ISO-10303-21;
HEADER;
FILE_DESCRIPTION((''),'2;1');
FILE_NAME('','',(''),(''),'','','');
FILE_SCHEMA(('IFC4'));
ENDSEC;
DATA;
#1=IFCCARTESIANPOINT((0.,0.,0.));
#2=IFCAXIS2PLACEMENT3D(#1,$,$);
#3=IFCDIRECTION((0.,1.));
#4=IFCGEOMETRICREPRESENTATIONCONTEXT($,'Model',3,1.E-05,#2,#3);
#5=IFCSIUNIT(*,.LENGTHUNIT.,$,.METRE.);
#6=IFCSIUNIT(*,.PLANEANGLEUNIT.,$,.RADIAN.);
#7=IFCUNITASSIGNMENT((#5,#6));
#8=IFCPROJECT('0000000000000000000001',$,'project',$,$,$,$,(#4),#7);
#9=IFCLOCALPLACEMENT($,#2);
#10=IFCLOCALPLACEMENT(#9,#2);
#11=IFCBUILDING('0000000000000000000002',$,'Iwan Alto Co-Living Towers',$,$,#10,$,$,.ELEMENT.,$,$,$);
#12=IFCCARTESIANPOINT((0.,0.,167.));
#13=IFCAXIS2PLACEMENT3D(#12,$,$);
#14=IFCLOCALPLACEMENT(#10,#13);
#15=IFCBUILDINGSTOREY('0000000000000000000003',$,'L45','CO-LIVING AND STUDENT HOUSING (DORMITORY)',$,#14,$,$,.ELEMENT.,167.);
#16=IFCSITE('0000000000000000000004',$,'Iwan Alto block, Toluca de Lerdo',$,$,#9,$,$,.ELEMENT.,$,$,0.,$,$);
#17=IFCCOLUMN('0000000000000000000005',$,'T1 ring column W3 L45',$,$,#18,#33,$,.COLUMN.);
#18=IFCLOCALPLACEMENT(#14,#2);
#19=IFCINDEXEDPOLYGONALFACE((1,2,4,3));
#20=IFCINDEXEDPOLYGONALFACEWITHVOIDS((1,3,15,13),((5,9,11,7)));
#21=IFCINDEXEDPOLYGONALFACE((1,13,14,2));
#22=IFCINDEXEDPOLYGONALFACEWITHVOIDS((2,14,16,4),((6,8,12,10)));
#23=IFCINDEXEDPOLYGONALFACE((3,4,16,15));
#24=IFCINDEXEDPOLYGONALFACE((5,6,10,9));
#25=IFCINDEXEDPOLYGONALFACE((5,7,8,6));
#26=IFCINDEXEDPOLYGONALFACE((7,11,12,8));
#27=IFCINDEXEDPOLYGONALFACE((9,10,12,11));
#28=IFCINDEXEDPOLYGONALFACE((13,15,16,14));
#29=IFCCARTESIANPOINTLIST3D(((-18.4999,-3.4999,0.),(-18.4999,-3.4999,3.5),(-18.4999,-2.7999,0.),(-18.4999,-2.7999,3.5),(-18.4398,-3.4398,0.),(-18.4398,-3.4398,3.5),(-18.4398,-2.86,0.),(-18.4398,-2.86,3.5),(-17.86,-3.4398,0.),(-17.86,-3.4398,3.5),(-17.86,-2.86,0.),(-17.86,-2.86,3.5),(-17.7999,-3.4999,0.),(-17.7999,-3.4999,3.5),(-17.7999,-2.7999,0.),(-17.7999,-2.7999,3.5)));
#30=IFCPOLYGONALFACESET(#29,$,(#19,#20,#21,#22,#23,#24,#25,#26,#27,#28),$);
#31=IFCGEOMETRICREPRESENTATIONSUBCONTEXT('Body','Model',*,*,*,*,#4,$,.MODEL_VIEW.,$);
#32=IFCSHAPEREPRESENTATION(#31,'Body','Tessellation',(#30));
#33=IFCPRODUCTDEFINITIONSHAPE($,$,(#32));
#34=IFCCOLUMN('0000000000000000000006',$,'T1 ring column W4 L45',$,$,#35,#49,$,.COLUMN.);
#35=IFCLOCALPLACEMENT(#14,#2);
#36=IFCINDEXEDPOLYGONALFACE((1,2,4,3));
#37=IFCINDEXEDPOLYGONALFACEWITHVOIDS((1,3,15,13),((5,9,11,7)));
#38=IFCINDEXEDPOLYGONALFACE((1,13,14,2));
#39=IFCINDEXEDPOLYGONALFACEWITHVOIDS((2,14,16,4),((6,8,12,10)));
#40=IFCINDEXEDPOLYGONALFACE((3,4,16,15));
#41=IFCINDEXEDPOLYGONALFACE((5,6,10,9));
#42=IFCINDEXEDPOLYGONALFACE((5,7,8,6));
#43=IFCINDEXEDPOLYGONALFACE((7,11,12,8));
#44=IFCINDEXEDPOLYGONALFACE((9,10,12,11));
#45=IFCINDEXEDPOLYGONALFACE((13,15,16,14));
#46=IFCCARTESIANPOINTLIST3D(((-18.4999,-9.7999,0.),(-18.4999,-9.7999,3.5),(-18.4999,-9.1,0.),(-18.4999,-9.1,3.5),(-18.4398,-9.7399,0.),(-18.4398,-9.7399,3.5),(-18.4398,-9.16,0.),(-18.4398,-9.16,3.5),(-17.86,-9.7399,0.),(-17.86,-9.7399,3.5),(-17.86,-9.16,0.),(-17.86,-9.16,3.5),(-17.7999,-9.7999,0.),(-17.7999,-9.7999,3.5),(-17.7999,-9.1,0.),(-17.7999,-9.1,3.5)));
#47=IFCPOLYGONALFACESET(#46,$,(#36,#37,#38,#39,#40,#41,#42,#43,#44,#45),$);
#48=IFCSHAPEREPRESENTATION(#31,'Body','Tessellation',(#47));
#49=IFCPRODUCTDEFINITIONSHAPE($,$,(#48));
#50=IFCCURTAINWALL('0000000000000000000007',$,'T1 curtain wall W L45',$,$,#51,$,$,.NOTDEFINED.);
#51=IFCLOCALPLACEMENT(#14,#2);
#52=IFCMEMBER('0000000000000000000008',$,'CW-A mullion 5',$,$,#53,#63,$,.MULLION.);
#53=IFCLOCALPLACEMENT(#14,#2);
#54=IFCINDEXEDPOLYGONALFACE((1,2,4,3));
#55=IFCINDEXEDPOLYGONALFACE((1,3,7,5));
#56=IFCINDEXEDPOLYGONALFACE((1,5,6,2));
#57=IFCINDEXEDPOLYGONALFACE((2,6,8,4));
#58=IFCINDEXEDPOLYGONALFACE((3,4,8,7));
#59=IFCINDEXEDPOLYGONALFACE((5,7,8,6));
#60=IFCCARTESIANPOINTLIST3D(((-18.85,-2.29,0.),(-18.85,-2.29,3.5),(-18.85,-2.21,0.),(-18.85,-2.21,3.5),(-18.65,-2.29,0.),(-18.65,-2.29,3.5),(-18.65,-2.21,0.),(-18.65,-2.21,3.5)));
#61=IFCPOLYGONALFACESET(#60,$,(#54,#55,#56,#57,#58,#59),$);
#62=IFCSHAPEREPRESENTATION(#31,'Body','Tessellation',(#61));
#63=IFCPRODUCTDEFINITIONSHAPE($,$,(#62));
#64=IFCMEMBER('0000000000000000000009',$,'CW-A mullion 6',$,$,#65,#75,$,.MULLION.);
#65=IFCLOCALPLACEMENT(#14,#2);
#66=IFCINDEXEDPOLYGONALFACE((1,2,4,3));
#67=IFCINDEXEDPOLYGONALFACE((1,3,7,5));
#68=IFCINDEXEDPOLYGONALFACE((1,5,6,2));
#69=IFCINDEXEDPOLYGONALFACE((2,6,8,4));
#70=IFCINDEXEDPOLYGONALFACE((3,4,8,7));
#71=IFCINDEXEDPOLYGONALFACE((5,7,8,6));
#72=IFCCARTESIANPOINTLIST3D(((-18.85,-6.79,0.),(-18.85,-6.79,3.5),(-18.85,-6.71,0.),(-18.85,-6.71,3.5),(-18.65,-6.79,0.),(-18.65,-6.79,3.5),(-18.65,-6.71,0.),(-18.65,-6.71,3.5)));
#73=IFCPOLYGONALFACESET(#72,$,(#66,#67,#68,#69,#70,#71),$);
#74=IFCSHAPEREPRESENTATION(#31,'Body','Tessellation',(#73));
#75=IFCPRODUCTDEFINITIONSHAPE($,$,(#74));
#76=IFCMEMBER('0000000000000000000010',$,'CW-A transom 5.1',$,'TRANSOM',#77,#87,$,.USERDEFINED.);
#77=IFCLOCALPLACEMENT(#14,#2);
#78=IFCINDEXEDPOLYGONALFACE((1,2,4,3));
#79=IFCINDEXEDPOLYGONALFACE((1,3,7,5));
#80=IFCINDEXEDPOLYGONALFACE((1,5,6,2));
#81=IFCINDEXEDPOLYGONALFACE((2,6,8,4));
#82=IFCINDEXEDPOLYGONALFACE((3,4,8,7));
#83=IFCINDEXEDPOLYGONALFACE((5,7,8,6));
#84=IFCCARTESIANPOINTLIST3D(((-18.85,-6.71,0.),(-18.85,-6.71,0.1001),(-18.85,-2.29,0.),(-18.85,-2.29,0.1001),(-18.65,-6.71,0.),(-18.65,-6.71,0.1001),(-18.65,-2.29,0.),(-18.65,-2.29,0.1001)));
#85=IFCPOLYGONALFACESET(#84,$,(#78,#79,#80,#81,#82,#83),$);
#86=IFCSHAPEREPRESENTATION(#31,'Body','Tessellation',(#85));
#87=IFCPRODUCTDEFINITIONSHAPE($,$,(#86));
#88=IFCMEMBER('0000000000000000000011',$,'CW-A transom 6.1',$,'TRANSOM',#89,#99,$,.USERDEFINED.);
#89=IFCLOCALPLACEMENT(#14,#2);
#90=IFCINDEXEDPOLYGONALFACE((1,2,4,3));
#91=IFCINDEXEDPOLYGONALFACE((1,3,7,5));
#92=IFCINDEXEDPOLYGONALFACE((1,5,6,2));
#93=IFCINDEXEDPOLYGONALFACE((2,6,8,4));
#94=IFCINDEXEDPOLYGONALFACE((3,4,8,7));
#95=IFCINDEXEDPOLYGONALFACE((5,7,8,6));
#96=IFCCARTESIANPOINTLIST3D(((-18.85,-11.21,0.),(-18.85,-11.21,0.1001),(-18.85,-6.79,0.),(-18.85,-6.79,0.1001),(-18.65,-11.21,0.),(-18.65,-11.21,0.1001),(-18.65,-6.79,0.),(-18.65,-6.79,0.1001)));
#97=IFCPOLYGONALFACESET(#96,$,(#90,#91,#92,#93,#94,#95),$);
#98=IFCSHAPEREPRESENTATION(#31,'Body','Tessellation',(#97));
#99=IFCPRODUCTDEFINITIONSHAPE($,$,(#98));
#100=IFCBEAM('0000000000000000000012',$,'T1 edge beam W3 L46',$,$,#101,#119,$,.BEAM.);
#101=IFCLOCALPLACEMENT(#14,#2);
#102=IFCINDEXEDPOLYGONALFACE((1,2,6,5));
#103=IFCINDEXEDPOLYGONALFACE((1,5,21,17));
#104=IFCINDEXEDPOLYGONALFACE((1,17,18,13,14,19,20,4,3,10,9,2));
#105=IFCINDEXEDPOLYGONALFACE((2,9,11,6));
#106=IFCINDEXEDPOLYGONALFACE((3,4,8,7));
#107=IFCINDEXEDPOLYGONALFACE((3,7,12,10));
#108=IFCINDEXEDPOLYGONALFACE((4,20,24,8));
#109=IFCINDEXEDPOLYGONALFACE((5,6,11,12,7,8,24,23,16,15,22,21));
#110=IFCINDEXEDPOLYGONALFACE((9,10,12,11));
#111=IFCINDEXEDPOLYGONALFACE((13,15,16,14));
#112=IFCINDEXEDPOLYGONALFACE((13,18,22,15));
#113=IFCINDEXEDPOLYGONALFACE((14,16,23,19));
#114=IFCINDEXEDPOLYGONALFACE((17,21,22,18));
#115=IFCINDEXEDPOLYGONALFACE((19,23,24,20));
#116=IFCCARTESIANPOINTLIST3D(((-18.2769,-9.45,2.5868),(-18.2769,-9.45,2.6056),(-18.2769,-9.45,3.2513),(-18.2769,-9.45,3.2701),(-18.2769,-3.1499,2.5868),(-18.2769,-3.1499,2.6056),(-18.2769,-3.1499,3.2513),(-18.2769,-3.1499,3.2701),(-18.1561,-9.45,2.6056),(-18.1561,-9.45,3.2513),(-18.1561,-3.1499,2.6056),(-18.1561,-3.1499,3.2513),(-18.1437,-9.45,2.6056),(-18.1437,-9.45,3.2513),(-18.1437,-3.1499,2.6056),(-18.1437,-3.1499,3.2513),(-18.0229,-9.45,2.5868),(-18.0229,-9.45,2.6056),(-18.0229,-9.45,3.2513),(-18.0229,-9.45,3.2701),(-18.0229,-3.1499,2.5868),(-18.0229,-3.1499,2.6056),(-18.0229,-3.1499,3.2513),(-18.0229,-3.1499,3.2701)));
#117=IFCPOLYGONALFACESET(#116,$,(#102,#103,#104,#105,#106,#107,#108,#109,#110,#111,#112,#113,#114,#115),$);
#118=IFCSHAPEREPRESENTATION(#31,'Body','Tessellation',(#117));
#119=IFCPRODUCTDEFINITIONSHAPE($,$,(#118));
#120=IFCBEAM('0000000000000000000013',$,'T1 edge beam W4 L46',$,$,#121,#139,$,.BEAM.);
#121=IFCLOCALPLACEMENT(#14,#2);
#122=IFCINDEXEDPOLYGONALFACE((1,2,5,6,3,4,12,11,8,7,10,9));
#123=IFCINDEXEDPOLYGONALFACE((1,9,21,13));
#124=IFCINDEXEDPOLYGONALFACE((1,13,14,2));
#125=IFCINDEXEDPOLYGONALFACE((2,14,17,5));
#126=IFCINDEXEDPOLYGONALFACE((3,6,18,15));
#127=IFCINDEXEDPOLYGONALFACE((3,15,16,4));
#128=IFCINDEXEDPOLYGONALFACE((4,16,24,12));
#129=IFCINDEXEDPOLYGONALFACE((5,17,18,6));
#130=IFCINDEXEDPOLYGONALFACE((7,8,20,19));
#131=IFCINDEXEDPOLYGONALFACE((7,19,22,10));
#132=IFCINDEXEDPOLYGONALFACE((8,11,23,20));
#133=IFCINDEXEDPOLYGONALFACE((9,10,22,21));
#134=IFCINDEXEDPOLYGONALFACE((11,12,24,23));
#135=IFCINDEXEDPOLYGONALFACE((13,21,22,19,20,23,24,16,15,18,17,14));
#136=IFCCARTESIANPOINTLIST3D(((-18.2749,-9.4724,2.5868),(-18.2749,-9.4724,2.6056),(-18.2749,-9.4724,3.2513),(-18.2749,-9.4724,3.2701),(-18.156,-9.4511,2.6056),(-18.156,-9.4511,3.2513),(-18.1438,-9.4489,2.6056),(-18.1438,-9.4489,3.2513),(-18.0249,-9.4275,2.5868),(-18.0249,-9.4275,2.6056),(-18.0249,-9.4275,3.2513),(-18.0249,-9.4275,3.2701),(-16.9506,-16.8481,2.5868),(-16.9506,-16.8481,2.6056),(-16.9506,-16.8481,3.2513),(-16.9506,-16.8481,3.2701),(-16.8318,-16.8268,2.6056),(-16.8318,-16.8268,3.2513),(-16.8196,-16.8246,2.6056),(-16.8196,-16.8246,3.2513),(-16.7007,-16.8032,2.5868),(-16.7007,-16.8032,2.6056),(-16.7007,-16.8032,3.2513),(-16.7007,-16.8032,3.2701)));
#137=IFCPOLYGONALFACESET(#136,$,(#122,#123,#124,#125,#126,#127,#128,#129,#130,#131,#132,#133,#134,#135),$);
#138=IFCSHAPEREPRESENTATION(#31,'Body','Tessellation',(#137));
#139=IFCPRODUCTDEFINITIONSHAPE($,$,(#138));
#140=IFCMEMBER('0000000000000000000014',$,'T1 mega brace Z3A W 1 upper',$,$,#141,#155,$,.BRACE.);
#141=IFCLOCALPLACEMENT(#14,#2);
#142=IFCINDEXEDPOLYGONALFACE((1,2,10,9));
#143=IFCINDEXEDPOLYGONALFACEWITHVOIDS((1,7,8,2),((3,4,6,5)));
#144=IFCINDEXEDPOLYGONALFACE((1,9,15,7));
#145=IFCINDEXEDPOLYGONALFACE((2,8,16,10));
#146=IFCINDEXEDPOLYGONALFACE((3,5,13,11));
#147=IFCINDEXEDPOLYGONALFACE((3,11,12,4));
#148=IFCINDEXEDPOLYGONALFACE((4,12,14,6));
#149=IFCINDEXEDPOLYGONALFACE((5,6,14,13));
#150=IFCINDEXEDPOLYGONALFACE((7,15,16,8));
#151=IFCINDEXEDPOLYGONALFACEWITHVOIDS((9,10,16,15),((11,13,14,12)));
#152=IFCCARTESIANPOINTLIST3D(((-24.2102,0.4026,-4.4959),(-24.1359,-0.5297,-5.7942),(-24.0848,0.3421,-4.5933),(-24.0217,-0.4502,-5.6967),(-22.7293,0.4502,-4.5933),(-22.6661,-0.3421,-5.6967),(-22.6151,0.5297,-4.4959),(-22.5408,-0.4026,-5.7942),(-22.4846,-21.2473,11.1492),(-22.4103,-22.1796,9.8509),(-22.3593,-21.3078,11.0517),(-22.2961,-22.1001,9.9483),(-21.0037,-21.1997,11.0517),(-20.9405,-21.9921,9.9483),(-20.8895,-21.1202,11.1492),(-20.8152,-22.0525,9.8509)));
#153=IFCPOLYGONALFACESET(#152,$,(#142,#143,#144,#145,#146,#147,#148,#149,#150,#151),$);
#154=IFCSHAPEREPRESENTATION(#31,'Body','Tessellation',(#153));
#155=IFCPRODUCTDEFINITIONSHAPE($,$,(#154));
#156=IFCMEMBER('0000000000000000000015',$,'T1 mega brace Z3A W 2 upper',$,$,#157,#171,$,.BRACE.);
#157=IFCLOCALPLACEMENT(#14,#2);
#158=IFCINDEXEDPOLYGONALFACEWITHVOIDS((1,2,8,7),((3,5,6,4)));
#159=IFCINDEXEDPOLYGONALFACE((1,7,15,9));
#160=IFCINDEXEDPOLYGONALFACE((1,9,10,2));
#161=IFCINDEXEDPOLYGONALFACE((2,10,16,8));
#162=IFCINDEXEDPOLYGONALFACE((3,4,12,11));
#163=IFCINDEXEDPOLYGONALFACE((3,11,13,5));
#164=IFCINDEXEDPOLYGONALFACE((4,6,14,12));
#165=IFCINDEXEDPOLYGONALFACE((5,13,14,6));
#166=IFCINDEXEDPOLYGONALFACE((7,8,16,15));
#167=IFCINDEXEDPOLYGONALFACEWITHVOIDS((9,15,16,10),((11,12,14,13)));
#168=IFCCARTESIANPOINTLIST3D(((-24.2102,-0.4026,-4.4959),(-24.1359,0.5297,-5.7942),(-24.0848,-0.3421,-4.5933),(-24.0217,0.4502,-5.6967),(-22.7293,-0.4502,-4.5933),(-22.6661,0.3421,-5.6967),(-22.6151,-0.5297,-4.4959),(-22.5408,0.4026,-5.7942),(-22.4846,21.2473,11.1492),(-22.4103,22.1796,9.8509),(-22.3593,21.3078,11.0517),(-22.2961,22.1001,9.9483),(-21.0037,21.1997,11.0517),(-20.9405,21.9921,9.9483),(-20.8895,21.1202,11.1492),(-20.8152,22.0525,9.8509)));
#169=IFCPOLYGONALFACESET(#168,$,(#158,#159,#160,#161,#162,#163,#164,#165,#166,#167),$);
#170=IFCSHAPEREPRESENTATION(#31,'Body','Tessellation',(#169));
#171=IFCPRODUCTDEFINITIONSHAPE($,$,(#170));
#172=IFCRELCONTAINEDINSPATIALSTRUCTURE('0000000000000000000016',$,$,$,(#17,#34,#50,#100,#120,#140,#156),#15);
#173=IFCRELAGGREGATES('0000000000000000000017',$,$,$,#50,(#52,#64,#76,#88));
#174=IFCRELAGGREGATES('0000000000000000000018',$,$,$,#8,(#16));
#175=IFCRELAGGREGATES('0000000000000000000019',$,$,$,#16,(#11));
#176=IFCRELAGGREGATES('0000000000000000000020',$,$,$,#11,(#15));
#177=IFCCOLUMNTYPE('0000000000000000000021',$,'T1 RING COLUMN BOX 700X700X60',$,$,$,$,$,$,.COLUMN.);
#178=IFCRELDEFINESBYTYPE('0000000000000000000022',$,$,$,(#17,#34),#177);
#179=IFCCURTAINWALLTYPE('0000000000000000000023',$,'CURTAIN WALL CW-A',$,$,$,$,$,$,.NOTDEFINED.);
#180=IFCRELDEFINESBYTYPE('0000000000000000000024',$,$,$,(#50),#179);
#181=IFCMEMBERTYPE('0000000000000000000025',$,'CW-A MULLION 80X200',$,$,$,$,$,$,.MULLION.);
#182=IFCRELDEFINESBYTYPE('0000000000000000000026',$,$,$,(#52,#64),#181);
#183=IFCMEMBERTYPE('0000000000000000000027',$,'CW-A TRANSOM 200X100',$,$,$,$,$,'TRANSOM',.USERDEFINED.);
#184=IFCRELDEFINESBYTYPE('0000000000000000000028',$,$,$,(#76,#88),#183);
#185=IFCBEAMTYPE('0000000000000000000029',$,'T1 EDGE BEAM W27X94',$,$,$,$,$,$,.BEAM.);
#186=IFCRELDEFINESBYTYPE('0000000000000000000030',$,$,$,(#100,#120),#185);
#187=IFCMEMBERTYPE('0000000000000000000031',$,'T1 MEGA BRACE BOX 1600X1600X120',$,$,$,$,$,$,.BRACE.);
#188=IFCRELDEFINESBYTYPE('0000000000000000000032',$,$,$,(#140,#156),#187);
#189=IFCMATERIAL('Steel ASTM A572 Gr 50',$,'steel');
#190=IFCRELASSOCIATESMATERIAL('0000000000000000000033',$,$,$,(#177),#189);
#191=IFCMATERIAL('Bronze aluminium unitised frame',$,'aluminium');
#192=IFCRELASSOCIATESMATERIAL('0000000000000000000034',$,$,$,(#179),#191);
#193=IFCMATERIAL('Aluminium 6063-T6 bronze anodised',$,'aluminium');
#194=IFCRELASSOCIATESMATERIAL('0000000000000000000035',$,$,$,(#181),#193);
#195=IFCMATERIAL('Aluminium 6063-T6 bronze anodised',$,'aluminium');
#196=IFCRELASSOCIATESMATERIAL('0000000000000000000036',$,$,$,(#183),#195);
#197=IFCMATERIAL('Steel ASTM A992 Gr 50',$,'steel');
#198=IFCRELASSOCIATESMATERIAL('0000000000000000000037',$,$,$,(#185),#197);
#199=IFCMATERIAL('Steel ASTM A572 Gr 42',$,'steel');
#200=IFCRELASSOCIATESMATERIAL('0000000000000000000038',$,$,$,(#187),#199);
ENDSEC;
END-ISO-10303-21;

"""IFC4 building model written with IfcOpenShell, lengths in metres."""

from ifc_helpers import new_model, si_unit, direction, frame, origin, origin_2d, place, context, subcontext, project, spatial, rectangle, hollow_rectangle, i_section, extrude, material, material_profile, profile_set, type_object, element, aggregate, save


model = new_model("IFC4")

# Units and contexts
model_context = context("Model", 3, precision=1e-05, world=origin(), true_north=direction((0.0, 1.0)))
body_context = subcontext(model_context, "Body", "Model", "MODEL_VIEW")
ifc_project = project(units=[si_unit("LENGTHUNIT", "METRE"), si_unit("PLANEANGLEUNIT", "RADIAN")], contexts=[model_context])

# Site, building, storey
site_placement = place(None, origin())
site = spatial("IfcSite", under=ifc_project, at=site_placement, Name="Iwan Alto block, Toluca de Lerdo", CompositionType="ELEMENT", RefElevation=0.0)
building_placement = place(site_placement, origin())
building = spatial("IfcBuilding", under=site, at=building_placement, Name="Iwan Alto Co-Living Towers", CompositionType="ELEMENT")
storey_placement = place(building_placement, frame((0.0, 0.0, 167.0)))
storey = spatial("IfcBuildingStorey", under=building, at=storey_placement, Name="L45", Description="CO-LIVING AND STUDENT HOUSING (DORMITORY)", CompositionType="ELEMENT", Elevation=167.0)

# Columns
ifc_material_1 = material(Name="Steel ASTM A572 Gr 50", Category="steel")
ifc_material_profile_1 = material_profile(ifc_material_1, hollow_rectangle(XDim=0.7, YDim=0.7, WallThickness=0.0601, at=origin_2d()), Name="BOX 700X700X60")
ifc_profile_set_1 = profile_set([ifc_material_profile_1], Name="Steel ASTM A572 Gr 50")
column_type = type_object("IfcColumnType", Name="T1 RING COLUMN BOX 700X700X60", PredefinedType="COLUMN", material=ifc_profile_set_1)
for number, where, z_axis, x_axis, name in (
    (1, (-18.1499, -3.1499, 0.0), (0.0, 0.0, 1.0), (1.0, 0.0, 0.0), "T1 ring column W3 L45"),
    (2, (-18.1499, -9.45, 0.0), (0.0, 0.0, 1.0), (1.0, 0.0, 0.0), "T1 ring column W4 L45"),
):
    element("IfcColumn", number, at=place(storey_placement, frame(where, z_axis=z_axis, x_axis=x_axis)), inside=storey, type_object=column_type, Name=name, PredefinedType="COLUMN", context=body_context, shape_type="SweptSolid", body=[
        extrude(hollow_rectangle(XDim=0.7, YDim=0.7, WallThickness=0.0601, at=origin_2d()), origin(), (0.0, 0.0, 1.0), 3.5),
    ])

# Curtain wall, members
ifc_material_2 = material(Name="Bronze aluminium unitised frame", Category="aluminium")
curtain_wall_type = type_object("IfcCurtainWallType", Name="CURTAIN WALL CW-A", PredefinedType="NOTDEFINED", material=ifc_material_2)
curtain_wall_placement = place(storey_placement, origin())
curtain_wall = element("IfcCurtainWall", 3, at=curtain_wall_placement, inside=storey, type_object=curtain_wall_type, Name="T1 curtain wall W L45", PredefinedType="NOTDEFINED")
ifc_material_3 = material(Name="Aluminium 6063-T6 bronze anodised", Category="aluminium")
ifc_material_profile_2 = material_profile(ifc_material_3, rectangle(XDim=0.2, YDim=0.0801, at=origin_2d()), Name="AL 80X200")
ifc_profile_set_2 = profile_set([ifc_material_profile_2], Name="Aluminium 6063-T6 bronze anodised")
member_type_1 = type_object("IfcMemberType", Name="CW-A MULLION 80X200", PredefinedType="MULLION", material=ifc_profile_set_2)
member_1_placement = place(storey_placement, frame((-18.75, -2.25, 0.0), z_axis=(0.0, 0.0, 1.0), x_axis=(1.0, 0.0, 0.0)))
member_1 = element("IfcMember", 4, at=member_1_placement, type_object=member_type_1, Name="CW-A mullion 5", PredefinedType="MULLION", context=body_context, shape_type="SweptSolid", body=[
    extrude(rectangle(XDim=0.2, YDim=0.0801, at=origin_2d()), origin(), (0.0, 0.0, 1.0), 3.5),
])
member_2_placement = place(storey_placement, frame((-18.75, -6.75, 0.0), z_axis=(0.0, 0.0, 1.0), x_axis=(1.0, 0.0, 0.0)))
member_2 = element("IfcMember", 5, at=member_2_placement, type_object=member_type_1, Name="CW-A mullion 6", PredefinedType="MULLION", context=body_context, shape_type="SweptSolid", body=[
    extrude(rectangle(XDim=0.2, YDim=0.0801, at=origin_2d()), origin(), (0.0, 0.0, 1.0), 3.5),
])
ifc_material_4 = material(Name="Aluminium 6063-T6 bronze anodised", Category="aluminium")
ifc_material_profile_3 = material_profile(ifc_material_4, rectangle(XDim=0.2, YDim=0.1001, at=origin_2d()), Name="AL 200X100")
ifc_profile_set_3 = profile_set([ifc_material_profile_3], Name="Aluminium 6063-T6 bronze anodised")
member_type_2 = type_object("IfcMemberType", Name="CW-A TRANSOM 200X100", ElementType="TRANSOM", PredefinedType="USERDEFINED", material=ifc_profile_set_3)
member_3_placement = place(storey_placement, frame((-18.75, -2.29, 0.05), z_axis=(0.0, -1.0, 0.0), x_axis=(1.0, 0.0, 0.0)))
member_3 = element("IfcMember", 6, at=member_3_placement, type_object=member_type_2, Name="CW-A transom 5.1", ObjectType="TRANSOM", PredefinedType="USERDEFINED", context=body_context, shape_type="SweptSolid", body=[
    extrude(rectangle(XDim=0.2, YDim=0.1001, at=origin_2d()), origin(), (0.0, 0.0, 1.0), 4.4199),
])
member_4_placement = place(storey_placement, frame((-18.75, -6.79, 0.05), z_axis=(0.0, -1.0, 0.0), x_axis=(1.0, 0.0, 0.0)))
member_4 = element("IfcMember", 7, at=member_4_placement, type_object=member_type_2, Name="CW-A transom 6.1", ObjectType="TRANSOM", PredefinedType="USERDEFINED", context=body_context, shape_type="SweptSolid", body=[
    extrude(rectangle(XDim=0.2, YDim=0.1001, at=origin_2d()), origin(), (0.0, 0.0, 1.0), 4.4199),
])

# Beams
ifc_material_5 = material(Name="Steel ASTM A992 Gr 50", Category="steel")
ifc_material_profile_4 = material_profile(ifc_material_5, i_section(OverallWidth=0.2539, OverallDepth=0.6833, WebThickness=0.0125, FlangeThickness=0.0188, at=origin_2d()), Name="W27X94")
ifc_profile_set_4 = profile_set([ifc_material_profile_4], Name="Steel ASTM A992 Gr 50")
beam_type_1 = type_object("IfcBeamType", Name="T1 EDGE BEAM W27X94", PredefinedType="BEAM", material=ifc_profile_set_4)
beam_1_placement = place(storey_placement, frame((-18.1499, -3.1499, 2.9285), z_axis=(0.0, -1.0, 0.0), x_axis=(1.0, 0.0, 0.0)))
element("IfcBeam", 8, at=beam_1_placement, inside=storey, type_object=beam_type_1, Name="T1 edge beam W3 L46", PredefinedType="BEAM", context=body_context, shape_type="SweptSolid", body=[
    extrude(i_section(OverallWidth=0.2539, OverallDepth=0.6833, WebThickness=0.0125, FlangeThickness=0.0188, at=origin_2d()), origin(), (0.0, 0.0, 1.0), 6.3),
])
beam_2_placement = place(storey_placement, frame((-18.1499, -9.45, 2.9285), z_axis=(0.176712, -0.984263, 0.0), x_axis=(0.984263, 0.176712, 0.0)))
element("IfcBeam", 9, at=beam_2_placement, inside=storey, type_object=beam_type_1, Name="T1 edge beam W4 L46", PredefinedType="BEAM", context=body_context, shape_type="SweptSolid", body=[
    extrude(i_section(OverallWidth=0.2539, OverallDepth=0.6833, WebThickness=0.0125, FlangeThickness=0.0188, at=origin_2d()), origin(), (0.0, 0.0, 1.0), 7.4937),
])

# Members
ifc_material_6 = material(Name="Steel ASTM A572 Gr 42", Category="steel")
ifc_material_profile_5 = material_profile(ifc_material_6, hollow_rectangle(XDim=1.6001, YDim=1.6001, WallThickness=0.1201, at=origin_2d()), Name="BOX 1600X1600X120")
ifc_profile_set_5 = profile_set([ifc_material_profile_5], Name="Steel ASTM A572 Gr 42")
member_type_3 = type_object("IfcMemberType", Name="T1 MEGA BRACE BOX 1600X1600X120", PredefinedType="BRACE", material=ifc_profile_set_5)
for number, where, z_axis, x_axis, name in (
    (10, (-23.3755, 0.0, -5.145), (0.064467, -0.808834, 0.584493), (0.996839, 0.079452, 0.0), "T1 mega brace Z3A W 1 upper"),
    (11, (-23.3755, 0.0, -5.145), (0.064467, 0.808834, 0.584493), (-0.996839, 0.079452, 0.0), "T1 mega brace Z3A W 2 upper"),
):
    element("IfcMember", number, at=place(storey_placement, frame(where, z_axis=z_axis, x_axis=x_axis)), inside=storey, type_object=member_type_3, Name=name, PredefinedType="BRACE", context=body_context, shape_type="SweptSolid", body=[
        extrude(hollow_rectangle(XDim=1.6001, YDim=1.6001, WallThickness=0.1201, at=origin_2d()), origin(), (0.0, 0.0, 1.0), 26.7668),
    ])

aggregate(curtain_wall, [member_1, member_2, member_3, member_4])

save(model, "model.ifc")
